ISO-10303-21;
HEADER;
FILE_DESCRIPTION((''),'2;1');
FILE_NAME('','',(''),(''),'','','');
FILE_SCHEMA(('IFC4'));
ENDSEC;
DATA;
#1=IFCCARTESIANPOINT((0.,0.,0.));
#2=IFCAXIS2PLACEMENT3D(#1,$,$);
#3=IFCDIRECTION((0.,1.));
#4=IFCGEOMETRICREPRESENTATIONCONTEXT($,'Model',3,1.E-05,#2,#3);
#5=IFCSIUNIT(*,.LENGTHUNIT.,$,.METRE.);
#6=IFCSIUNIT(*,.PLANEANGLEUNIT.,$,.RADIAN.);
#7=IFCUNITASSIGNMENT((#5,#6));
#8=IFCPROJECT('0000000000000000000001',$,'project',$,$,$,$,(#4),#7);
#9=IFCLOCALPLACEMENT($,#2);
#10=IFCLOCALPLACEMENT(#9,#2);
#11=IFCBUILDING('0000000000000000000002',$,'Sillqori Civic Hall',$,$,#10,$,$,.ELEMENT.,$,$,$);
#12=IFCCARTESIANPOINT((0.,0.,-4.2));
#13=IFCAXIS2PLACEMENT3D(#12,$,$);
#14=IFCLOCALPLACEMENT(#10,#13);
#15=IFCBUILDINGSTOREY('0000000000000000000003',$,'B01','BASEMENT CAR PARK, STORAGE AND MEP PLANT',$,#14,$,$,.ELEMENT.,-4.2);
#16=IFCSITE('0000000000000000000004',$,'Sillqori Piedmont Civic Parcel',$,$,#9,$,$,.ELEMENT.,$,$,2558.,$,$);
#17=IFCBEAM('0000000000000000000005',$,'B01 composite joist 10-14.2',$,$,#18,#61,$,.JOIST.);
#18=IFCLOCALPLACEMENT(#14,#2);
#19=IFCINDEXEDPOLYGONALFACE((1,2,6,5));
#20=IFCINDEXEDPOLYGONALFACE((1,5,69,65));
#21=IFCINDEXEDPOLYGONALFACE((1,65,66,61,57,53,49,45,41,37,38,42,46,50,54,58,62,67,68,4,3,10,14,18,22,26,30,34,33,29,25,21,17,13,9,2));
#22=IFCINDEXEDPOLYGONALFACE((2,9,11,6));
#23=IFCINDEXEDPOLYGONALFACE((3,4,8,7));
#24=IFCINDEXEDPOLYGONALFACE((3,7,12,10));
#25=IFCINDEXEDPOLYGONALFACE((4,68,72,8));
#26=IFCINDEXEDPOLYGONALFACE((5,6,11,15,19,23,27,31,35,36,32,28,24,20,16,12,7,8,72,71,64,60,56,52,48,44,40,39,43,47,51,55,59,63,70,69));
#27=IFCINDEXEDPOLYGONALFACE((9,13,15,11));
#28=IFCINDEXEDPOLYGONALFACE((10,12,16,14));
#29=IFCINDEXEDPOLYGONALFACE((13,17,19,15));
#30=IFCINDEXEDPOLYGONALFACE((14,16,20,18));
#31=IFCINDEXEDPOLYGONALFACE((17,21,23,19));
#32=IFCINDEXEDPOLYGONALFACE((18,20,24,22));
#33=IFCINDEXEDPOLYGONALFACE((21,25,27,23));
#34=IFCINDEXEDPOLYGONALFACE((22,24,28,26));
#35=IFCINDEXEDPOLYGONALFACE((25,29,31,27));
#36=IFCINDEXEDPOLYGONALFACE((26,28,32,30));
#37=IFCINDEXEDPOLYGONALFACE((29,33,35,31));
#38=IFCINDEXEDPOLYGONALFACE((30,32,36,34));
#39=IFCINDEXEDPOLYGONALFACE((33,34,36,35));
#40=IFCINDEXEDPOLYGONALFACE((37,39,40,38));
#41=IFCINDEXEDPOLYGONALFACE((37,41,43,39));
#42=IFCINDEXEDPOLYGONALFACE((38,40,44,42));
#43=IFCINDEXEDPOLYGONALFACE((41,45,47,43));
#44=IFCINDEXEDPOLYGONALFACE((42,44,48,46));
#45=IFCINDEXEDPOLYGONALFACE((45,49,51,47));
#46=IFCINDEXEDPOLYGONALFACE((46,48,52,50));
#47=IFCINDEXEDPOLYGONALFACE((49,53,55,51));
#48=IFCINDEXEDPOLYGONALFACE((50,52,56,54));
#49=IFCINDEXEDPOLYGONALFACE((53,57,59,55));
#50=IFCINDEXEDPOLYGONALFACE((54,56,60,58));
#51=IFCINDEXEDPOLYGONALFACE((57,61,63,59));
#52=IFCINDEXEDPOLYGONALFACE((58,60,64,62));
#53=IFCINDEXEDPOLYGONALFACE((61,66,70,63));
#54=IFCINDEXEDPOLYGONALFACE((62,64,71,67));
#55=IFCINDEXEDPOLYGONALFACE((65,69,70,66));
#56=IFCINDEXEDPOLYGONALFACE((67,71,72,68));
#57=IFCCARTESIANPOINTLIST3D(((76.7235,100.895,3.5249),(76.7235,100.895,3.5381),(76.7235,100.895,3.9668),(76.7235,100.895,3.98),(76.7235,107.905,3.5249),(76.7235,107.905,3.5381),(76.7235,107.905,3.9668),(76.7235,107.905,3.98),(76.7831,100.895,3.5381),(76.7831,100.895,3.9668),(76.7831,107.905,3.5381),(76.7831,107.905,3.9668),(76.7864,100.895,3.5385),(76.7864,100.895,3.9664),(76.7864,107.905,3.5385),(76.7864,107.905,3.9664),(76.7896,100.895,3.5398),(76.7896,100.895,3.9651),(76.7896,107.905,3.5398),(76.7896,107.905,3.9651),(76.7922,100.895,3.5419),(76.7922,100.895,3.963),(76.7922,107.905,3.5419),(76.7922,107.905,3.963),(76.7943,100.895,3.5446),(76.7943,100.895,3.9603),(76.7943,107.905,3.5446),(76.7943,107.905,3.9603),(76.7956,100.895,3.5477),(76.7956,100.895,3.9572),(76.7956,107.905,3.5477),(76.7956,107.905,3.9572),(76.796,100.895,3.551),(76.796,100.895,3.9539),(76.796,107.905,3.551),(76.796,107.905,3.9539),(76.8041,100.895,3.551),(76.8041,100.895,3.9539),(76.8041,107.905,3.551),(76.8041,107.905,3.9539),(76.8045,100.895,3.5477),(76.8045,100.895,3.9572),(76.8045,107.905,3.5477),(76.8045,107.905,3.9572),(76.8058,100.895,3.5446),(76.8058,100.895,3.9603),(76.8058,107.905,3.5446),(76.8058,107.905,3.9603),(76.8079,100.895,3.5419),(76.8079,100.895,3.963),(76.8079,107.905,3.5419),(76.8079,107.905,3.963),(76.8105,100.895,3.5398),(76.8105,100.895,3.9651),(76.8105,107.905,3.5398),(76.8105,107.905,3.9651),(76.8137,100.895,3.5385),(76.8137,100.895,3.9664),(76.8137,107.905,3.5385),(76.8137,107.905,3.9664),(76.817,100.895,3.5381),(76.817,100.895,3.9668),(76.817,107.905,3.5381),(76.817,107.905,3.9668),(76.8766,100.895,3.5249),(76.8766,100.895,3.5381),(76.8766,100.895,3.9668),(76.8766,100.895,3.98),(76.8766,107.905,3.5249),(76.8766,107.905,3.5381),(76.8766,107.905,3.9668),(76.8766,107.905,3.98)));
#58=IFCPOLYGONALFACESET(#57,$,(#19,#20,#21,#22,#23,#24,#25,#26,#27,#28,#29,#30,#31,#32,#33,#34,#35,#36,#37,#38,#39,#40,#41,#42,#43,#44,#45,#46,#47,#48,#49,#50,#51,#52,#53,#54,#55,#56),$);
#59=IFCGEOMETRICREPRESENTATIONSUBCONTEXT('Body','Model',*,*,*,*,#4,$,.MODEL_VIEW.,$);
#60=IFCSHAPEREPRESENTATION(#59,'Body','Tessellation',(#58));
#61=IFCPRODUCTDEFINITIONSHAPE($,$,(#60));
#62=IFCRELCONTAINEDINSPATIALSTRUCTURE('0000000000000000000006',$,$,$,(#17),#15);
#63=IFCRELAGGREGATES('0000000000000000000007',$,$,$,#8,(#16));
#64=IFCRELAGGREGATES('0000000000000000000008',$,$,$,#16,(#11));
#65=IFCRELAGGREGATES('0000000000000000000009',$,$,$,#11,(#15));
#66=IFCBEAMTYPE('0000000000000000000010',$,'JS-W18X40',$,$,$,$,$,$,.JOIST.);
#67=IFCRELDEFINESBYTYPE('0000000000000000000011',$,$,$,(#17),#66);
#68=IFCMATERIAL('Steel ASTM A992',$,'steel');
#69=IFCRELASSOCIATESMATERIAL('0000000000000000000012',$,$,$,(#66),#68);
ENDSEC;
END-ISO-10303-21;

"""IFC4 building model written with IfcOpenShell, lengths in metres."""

from ifc_helpers import new_model, si_unit, direction, frame, origin, origin_2d, place, context, subcontext, project, spatial, i_section, extrude, material, material_profile, profile_set, type_object, element, save


model = new_model("IFC4")

# Units and contexts
model_context = context("Model", 3, precision=1e-05, world=origin(), true_north=direction((0.0, 1.0)))
body_context = subcontext(model_context, "Body", "Model", "MODEL_VIEW")
ifc_project = project(units=[si_unit("LENGTHUNIT", "METRE"), si_unit("PLANEANGLEUNIT", "RADIAN")], contexts=[model_context])

# Site, building, storey
site_placement = place(None, origin())
site = spatial("IfcSite", under=ifc_project, at=site_placement, Name="Sillqori Piedmont Civic Parcel", CompositionType="ELEMENT", RefElevation=2558.0)
building_placement = place(site_placement, origin())
building = spatial("IfcBuilding", under=site, at=building_placement, Name="Sillqori Civic Hall", CompositionType="ELEMENT")
storey_placement = place(building_placement, frame((0.0, 0.0, -4.2)))
storey = spatial("IfcBuildingStorey", under=building, at=storey_placement, Name="B01", Description="BASEMENT CAR PARK, STORAGE AND MEP PLANT", CompositionType="ELEMENT", Elevation=-4.2)

# Shared definitions
ifc_material_1 = material(Name="Steel ASTM A992", Category="steel")

# Beam
ifc_material_profile_1 = material_profile(ifc_material_1, i_section(OverallWidth=0.1531, OverallDepth=0.4551, WebThickness=0.0081, FlangeThickness=0.0132, FilletRadius=0.0129, at=origin_2d()), Name="W18X40")
ifc_profile_set_1 = profile_set([ifc_material_profile_1], Name="Steel ASTM A992")
beam_type_1 = type_object("IfcBeamType", Name="JS-W18X40", PredefinedType="JOIST", material=ifc_profile_set_1)
for number, where, z_axis, x_axis, name in (
    (1, (76.8, 100.895, 3.7524), (0.0, 1.0, 0.0), (-1.0, 0.0, 0.0), "B01 composite joist 10-14.2"),
):
    element("IfcBeam", number, at=place(storey_placement, frame(where, z_axis=z_axis, x_axis=x_axis)), inside=storey, type_object=beam_type_1, Name=name, PredefinedType="JOIST", context=body_context, shape_type="SweptSolid", body=[
        extrude(i_section(OverallWidth=0.1531, OverallDepth=0.4551, WebThickness=0.0081, FlangeThickness=0.0132, FilletRadius=0.0129, at=origin_2d()), origin(), (0.0, 0.0, 1.0), 7.01),
    ])

save(model, "model.ifc")
